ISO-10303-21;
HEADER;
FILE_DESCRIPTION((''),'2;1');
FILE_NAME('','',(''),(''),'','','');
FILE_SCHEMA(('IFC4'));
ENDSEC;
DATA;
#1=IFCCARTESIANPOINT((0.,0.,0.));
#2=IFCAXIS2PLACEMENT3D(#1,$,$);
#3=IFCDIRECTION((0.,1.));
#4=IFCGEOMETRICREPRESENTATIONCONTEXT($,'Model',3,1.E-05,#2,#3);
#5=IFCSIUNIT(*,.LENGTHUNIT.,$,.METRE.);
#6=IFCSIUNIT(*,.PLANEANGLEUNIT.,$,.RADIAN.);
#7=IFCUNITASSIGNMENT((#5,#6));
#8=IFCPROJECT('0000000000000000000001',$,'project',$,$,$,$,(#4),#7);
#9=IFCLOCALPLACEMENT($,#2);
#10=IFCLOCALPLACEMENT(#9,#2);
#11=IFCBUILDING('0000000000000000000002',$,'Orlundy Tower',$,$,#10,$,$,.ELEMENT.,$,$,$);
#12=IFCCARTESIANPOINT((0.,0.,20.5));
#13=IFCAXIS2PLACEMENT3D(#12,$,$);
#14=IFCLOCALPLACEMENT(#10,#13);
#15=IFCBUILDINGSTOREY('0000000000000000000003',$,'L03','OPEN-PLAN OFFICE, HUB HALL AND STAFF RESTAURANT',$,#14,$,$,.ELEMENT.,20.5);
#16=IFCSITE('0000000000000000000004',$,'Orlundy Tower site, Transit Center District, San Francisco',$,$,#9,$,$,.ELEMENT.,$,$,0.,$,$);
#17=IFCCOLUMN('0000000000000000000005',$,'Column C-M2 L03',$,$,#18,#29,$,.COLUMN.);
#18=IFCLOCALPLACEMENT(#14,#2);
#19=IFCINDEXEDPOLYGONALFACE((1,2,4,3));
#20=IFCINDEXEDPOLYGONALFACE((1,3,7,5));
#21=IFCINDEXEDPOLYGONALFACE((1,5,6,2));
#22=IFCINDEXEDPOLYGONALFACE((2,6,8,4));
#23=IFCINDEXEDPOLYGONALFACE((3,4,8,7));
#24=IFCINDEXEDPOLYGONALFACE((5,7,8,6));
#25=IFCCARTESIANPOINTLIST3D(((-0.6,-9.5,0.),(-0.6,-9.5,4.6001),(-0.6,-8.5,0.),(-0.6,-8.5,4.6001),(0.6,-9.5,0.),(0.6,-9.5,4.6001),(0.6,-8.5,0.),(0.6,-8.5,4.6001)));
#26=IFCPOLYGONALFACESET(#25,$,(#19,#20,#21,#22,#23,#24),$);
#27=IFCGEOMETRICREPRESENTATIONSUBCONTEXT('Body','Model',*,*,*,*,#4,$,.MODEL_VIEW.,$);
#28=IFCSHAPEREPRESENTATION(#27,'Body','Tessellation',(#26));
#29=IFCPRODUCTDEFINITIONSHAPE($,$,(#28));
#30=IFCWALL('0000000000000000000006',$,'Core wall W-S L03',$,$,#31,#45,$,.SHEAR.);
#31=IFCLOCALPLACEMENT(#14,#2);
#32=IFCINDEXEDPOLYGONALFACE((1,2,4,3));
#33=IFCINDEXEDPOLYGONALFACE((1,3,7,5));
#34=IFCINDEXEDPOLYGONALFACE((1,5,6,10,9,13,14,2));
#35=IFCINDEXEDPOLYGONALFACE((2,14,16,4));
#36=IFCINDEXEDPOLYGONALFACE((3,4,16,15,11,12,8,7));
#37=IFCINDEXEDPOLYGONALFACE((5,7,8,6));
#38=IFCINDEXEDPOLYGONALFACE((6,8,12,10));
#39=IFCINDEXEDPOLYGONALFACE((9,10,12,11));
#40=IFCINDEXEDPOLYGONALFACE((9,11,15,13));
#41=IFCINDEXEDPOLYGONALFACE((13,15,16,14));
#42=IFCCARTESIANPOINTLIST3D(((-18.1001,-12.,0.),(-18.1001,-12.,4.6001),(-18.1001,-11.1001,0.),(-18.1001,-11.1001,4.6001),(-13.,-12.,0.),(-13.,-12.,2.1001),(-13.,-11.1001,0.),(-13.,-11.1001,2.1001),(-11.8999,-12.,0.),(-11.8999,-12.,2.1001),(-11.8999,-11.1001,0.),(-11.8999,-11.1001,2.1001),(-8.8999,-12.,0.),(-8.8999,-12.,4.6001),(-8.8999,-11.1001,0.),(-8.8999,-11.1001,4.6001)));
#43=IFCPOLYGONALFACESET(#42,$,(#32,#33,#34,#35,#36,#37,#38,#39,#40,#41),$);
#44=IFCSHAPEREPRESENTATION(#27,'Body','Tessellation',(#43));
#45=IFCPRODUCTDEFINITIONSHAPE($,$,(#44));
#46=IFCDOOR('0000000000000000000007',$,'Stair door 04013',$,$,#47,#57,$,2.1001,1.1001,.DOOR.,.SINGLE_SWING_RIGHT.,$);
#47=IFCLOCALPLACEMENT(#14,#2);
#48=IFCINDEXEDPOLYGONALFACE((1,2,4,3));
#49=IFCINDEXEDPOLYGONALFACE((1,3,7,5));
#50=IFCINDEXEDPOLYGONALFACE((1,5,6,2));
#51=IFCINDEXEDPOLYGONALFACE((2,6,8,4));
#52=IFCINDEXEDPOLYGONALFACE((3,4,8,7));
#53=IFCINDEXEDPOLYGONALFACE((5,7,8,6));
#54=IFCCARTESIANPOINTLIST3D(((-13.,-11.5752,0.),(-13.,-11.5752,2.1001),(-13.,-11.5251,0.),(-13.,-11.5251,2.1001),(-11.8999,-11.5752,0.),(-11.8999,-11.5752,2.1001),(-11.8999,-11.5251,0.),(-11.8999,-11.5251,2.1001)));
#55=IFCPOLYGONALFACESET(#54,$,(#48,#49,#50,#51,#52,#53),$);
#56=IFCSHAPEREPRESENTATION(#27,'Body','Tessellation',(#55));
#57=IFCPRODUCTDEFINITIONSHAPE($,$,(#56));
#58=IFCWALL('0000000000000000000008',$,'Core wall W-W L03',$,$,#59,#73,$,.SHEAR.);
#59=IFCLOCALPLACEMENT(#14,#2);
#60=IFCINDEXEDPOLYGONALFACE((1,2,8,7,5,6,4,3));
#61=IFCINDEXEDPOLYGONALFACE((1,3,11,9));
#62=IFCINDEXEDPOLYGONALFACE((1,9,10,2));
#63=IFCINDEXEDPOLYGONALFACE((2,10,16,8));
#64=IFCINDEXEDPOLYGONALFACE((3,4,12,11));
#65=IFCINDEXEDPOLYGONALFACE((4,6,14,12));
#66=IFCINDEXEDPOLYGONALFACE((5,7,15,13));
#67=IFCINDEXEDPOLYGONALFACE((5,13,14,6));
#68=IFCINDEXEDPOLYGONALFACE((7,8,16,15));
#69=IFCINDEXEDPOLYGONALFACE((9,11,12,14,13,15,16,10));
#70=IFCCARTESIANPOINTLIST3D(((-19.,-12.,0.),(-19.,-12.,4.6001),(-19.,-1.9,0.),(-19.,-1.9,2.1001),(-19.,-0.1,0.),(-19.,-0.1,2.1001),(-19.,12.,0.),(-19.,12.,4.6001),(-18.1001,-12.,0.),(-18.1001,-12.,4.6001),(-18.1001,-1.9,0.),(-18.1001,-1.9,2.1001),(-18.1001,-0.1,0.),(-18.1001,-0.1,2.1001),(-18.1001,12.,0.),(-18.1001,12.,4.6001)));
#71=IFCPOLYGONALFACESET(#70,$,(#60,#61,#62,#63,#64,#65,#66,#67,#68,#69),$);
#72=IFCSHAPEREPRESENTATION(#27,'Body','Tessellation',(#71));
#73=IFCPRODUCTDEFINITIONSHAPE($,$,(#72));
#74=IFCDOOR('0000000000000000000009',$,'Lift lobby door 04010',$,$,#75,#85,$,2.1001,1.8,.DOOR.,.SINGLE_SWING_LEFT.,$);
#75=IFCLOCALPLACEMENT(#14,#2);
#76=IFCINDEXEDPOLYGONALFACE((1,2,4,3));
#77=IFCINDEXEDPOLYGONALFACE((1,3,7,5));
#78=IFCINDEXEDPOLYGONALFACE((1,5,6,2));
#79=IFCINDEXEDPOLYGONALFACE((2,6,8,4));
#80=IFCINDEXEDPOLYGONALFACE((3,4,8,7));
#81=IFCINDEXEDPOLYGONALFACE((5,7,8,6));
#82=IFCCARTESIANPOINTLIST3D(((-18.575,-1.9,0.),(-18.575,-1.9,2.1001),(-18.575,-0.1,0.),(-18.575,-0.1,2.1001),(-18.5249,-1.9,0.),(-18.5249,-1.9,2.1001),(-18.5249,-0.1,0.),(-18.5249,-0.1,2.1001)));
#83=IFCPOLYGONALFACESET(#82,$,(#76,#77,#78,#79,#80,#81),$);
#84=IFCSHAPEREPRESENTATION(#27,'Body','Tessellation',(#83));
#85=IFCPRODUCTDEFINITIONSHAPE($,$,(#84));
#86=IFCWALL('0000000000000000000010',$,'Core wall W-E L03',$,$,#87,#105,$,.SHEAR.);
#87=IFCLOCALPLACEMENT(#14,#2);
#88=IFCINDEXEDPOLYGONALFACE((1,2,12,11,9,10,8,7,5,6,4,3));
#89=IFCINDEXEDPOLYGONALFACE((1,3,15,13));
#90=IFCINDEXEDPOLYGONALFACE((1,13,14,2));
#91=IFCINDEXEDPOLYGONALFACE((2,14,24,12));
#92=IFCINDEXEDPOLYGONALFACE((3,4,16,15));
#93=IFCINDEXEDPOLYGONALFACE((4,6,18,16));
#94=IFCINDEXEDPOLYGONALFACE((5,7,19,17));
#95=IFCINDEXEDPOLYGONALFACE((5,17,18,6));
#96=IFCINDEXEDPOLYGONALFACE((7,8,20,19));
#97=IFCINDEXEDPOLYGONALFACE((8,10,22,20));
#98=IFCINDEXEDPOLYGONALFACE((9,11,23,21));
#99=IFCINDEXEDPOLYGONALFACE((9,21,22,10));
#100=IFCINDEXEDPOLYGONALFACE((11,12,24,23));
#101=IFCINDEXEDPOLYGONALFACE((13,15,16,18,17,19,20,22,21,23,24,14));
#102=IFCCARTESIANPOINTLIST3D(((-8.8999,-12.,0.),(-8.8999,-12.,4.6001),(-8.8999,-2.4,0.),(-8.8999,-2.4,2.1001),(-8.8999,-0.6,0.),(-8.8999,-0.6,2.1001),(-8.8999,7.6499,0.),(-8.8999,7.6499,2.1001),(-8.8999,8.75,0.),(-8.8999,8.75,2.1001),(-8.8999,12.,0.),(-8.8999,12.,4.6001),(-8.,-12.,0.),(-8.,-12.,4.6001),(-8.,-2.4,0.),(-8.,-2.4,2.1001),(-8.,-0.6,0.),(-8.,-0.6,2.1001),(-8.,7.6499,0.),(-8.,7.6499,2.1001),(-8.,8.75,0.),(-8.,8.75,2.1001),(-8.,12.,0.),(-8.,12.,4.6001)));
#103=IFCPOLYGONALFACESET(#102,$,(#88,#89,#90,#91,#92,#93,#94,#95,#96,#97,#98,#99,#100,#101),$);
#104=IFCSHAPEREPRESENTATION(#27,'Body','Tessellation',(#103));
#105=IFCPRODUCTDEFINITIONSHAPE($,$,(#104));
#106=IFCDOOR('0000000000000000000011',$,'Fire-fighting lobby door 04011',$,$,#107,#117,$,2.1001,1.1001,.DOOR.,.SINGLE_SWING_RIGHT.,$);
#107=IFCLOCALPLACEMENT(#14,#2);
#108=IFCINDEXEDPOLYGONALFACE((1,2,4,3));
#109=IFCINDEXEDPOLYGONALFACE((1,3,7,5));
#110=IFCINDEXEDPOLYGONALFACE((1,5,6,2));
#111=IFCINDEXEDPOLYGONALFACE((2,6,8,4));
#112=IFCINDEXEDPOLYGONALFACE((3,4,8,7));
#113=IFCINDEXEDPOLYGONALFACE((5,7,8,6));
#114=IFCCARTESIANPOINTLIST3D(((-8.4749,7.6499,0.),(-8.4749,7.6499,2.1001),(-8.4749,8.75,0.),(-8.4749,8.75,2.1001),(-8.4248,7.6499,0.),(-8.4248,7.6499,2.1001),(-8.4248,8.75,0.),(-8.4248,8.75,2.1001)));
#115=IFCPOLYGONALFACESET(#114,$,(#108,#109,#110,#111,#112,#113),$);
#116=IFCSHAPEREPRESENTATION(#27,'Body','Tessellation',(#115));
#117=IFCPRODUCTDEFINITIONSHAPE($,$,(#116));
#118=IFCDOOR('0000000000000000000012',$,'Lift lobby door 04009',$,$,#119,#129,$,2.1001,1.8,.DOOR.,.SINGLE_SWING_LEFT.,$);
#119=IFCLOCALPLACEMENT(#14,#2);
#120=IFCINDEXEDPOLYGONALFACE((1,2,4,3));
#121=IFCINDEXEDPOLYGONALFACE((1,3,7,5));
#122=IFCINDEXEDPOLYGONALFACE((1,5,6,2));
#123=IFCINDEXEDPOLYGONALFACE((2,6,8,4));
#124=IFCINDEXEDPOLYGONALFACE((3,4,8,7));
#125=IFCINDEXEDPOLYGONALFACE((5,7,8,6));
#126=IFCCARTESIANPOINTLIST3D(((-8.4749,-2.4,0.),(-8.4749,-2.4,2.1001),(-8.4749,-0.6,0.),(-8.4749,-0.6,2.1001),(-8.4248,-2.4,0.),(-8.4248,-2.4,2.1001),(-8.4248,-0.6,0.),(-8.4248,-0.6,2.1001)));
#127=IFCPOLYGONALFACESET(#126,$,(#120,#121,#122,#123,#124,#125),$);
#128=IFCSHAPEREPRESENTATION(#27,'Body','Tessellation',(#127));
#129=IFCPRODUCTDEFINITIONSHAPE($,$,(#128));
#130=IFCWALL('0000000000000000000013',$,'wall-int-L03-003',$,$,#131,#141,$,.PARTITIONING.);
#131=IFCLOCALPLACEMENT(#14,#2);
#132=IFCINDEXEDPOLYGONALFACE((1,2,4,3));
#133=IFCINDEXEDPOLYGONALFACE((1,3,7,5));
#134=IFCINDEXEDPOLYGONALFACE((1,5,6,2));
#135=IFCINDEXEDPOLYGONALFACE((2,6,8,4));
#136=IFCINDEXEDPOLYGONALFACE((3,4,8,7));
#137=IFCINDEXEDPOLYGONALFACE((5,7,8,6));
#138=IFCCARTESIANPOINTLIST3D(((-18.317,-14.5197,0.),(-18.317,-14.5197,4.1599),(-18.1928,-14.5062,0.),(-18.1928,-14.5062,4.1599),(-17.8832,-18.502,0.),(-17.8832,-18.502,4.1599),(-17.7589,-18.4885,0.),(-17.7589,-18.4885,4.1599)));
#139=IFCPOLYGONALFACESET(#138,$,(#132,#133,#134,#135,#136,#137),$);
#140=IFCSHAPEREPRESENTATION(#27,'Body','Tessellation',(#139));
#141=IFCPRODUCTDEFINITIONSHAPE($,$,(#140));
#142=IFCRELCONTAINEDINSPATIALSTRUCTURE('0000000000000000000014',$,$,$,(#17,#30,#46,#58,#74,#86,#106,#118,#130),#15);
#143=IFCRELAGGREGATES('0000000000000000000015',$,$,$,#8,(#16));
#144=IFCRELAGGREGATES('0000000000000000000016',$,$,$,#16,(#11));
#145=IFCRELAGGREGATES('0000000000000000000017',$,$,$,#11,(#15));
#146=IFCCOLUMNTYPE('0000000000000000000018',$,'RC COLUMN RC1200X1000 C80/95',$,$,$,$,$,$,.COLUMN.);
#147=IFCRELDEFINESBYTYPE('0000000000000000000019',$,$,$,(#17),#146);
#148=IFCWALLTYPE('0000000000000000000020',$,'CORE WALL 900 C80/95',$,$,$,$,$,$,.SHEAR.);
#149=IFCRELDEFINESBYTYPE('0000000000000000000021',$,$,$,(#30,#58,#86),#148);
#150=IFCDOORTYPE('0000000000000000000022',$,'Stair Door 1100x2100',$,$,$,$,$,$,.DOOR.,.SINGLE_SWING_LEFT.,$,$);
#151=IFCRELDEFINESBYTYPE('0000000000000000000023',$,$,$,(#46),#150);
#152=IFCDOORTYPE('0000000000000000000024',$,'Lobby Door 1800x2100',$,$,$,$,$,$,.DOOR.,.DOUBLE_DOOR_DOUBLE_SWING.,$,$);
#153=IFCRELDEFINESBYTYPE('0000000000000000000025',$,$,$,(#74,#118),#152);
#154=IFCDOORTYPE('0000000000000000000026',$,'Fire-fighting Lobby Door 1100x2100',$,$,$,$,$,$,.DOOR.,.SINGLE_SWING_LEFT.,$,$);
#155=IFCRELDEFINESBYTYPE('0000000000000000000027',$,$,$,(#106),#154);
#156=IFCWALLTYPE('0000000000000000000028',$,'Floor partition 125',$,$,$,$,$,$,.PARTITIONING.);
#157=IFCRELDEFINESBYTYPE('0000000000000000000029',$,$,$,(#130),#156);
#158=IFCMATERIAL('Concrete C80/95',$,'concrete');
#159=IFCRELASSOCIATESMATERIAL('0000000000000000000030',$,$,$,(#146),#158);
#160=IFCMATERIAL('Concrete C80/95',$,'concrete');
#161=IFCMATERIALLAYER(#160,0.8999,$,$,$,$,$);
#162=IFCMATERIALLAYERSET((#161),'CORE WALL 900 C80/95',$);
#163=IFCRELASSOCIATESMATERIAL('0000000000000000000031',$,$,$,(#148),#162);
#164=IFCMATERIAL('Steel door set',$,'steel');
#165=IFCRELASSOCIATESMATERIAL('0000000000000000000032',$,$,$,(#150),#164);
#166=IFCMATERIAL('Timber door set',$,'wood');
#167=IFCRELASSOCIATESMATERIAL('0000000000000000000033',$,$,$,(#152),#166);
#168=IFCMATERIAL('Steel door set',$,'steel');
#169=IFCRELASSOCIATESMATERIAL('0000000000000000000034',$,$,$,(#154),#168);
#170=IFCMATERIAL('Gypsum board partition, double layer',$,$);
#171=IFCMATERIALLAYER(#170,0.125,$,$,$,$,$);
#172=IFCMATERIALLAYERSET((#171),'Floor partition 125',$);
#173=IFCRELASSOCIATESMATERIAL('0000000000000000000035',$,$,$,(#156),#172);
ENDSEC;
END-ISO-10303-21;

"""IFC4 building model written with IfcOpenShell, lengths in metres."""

from ifc_helpers import new_model, si_unit, direction, frame, frame_2d, origin, origin_2d, place, context, subcontext, project, spatial, rectangle, extrude, material, layer, layer_set, material_profile, profile_set, type_object, element, fill, save


model = new_model("IFC4")

# Units and contexts
model_context = context("Model", 3, precision=1e-05, world=origin(), true_north=direction((0.0, 1.0)))
body_context = subcontext(model_context, "Body", "Model", "MODEL_VIEW")
ifc_project = project(units=[si_unit("LENGTHUNIT", "METRE"), si_unit("PLANEANGLEUNIT", "RADIAN")], contexts=[model_context])

# Site, building, storey
site_placement = place(None, origin())
site = spatial("IfcSite", under=ifc_project, at=site_placement, Name="Orlundy Tower site, Transit Center District, San Francisco", CompositionType="ELEMENT", RefElevation=0.0)
building_placement = place(site_placement, origin())
building = spatial("IfcBuilding", under=site, at=building_placement, Name="Orlundy Tower", CompositionType="ELEMENT")
storey_placement = place(building_placement, frame((0.0, 0.0, 20.5)))
storey = spatial("IfcBuildingStorey", under=building, at=storey_placement, Name="L03", Description="OPEN-PLAN OFFICE, HUB HALL AND STAFF RESTAURANT", CompositionType="ELEMENT", Elevation=20.5)

# Column
ifc_material_1 = material(Name="Concrete C80/95", Category="concrete")
ifc_material_profile = material_profile(ifc_material_1, rectangle(XDim=1.2, YDim=1.0, at=origin_2d()), Name="RC1200X1000")
ifc_profile_set = profile_set([ifc_material_profile], Name="Concrete C80/95")
column_type = type_object("IfcColumnType", Name="RC COLUMN RC1200X1000 C80/95", PredefinedType="COLUMN", material=ifc_profile_set)
column_placement = place(storey_placement, frame((0.0, -9.0, 0.0), z_axis=(0.0, 0.0, 1.0), x_axis=(1.0, 0.0, 0.0)))
element("IfcColumn", 1, at=column_placement, inside=storey, type_object=column_type, Name="Column C-M2 L03", PredefinedType="COLUMN", context=body_context, shape_type="SweptSolid", body=[
    extrude(rectangle(XDim=1.2, YDim=1.0, at=origin_2d()), origin(), (0.0, 0.0, 1.0), 4.6001),
])

# Walls, openings, doors
ifc_material_2 = material(Name="Concrete C80/95", Category="concrete")
ifc_layer_1 = layer(ifc_material_2, 0.8999)
ifc_layer_set_1 = layer_set([ifc_layer_1], Name="CORE WALL 900 C80/95")
wall_type_1 = type_object("IfcWallType", Name="CORE WALL 900 C80/95", PredefinedType="SHEAR", material=ifc_layer_set_1)
wall_1_placement = place(storey_placement, frame((-18.1001, -11.55, 0.0), z_axis=(0.0, 0.0, 1.0), x_axis=(1.0, 0.0, 0.0)))
wall_1 = element("IfcWall", 2, at=wall_1_placement, inside=storey, type_object=wall_type_1, Name="Core wall W-S L03", PredefinedType="SHEAR", context=body_context, shape_type="SweptSolid", body=[
    extrude(rectangle(XDim=9.2002, YDim=0.8999, at=frame_2d((4.6001, 0.0))), origin(), (0.0, 0.0, 1.0), 4.6001),
])
opening_1_placement = place(wall_1_placement, frame((5.1001, 0.0, 0.0)))
opening_1 = element("IfcOpeningElement", 3, at=opening_1_placement, cuts=wall_1, PredefinedType="OPENING", context=body_context, shape_type="SweptSolid", body=[
    extrude(rectangle(XDim=1.1001, YDim=2.1001, at=frame_2d((0.55, 1.05))), frame((0.0, 0.46, 0.0), z_axis=(0.0, -1.0, 0.0), x_axis=(1.0, 0.0, 0.0)), (0.0, 0.0, 1.0), 0.9199),
])
ifc_material_3 = material(Name="Steel door set", Category="steel")
door_type_1 = type_object("IfcDoorType", Name="Stair Door 1100x2100", OperationType="SINGLE_SWING_LEFT", PredefinedType="DOOR", material=ifc_material_3)
door_1_placement = place(opening_1_placement, origin())
door_1 = element("IfcDoor", 4, at=door_1_placement, inside=storey, type_object=door_type_1, Name="Stair door 04013", OperationType="SINGLE_SWING_RIGHT", OverallHeight=2.1001, OverallWidth=1.1001, PredefinedType="DOOR", context=body_context, shape_type="SweptSolid", body=[
    extrude(rectangle(XDim=1.1001, YDim=2.1001, at=frame_2d((0.55, 1.05))), frame((0.0, 0.0249, 0.0), z_axis=(0.0, -1.0, 0.0), x_axis=(1.0, 0.0, 0.0)), (0.0, 0.0, 1.0), 0.05),
])
fill(opening_1, door_1)
wall_2_placement = place(storey_placement, frame((-18.55, -12.0, 0.0), z_axis=(0.0, 0.0, 1.0), x_axis=(0.0, 1.0, 0.0)))
wall_2 = element("IfcWall", 5, at=wall_2_placement, inside=storey, type_object=wall_type_1, Name="Core wall W-W L03", PredefinedType="SHEAR", context=body_context, shape_type="SweptSolid", body=[
    extrude(rectangle(XDim=24.0, YDim=0.8999, at=frame_2d((12.0, 0.0))), origin(), (0.0, 0.0, 1.0), 4.6001),
])
opening_2_placement = place(wall_2_placement, frame((10.1001, 0.0, 0.0)))
opening_2 = element("IfcOpeningElement", 6, at=opening_2_placement, cuts=wall_2, PredefinedType="OPENING", context=body_context, shape_type="SweptSolid", body=[
    extrude(rectangle(XDim=1.8, YDim=2.1001, at=frame_2d((0.8999, 1.05))), frame((0.0, 0.46, 0.0), z_axis=(0.0, -1.0, 0.0), x_axis=(1.0, 0.0, 0.0)), (0.0, 0.0, 1.0), 0.9199),
])
ifc_material_4 = material(Name="Timber door set", Category="wood")
door_type_2 = type_object("IfcDoorType", Name="Lobby Door 1800x2100", OperationType="DOUBLE_DOOR_DOUBLE_SWING", PredefinedType="DOOR", material=ifc_material_4)
door_2_placement = place(opening_2_placement, origin())
door_2 = element("IfcDoor", 7, at=door_2_placement, inside=storey, type_object=door_type_2, Name="Lift lobby door 04010", OperationType="SINGLE_SWING_LEFT", OverallHeight=2.1001, OverallWidth=1.8, PredefinedType="DOOR", context=body_context, shape_type="SweptSolid", body=[
    extrude(rectangle(XDim=1.8, YDim=2.1001, at=frame_2d((0.8999, 1.05))), frame((0.0, 0.0249, 0.0), z_axis=(0.0, -1.0, 0.0), x_axis=(1.0, 0.0, 0.0)), (0.0, 0.0, 1.0), 0.05),
])
fill(opening_2, door_2)

# Wall, openings, doors
wall_3_placement = place(storey_placement, frame((-8.45, -12.0, 0.0), z_axis=(0.0, 0.0, 1.0), x_axis=(0.0, 1.0, 0.0)))
wall_3 = element("IfcWall", 8, at=wall_3_placement, inside=storey, type_object=wall_type_1, Name="Core wall W-E L03", PredefinedType="SHEAR", context=body_context, shape_type="SweptSolid", body=[
    extrude(rectangle(XDim=24.0, YDim=0.8999, at=frame_2d((12.0, 0.0))), origin(), (0.0, 0.0, 1.0), 4.6001),
])
opening_3_placement = place(wall_3_placement, frame((9.6001, 0.0, 0.0)))
opening_3 = element("IfcOpeningElement", 9, at=opening_3_placement, cuts=wall_3, PredefinedType="OPENING", context=body_context, shape_type="SweptSolid", body=[
    extrude(rectangle(XDim=1.8, YDim=2.1001, at=frame_2d((0.8999, 1.05))), frame((0.0, 0.46, 0.0), z_axis=(0.0, -1.0, 0.0), x_axis=(1.0, 0.0, 0.0)), (0.0, 0.0, 1.0), 0.9199),
])
opening_4_placement = place(wall_3_placement, frame((19.6499, 0.0, 0.0)))
opening_4 = element("IfcOpeningElement", 10, at=opening_4_placement, cuts=wall_3, PredefinedType="OPENING", context=body_context, shape_type="SweptSolid", body=[
    extrude(rectangle(XDim=1.1001, YDim=2.1001, at=frame_2d((0.55, 1.05))), frame((0.0, 0.46, 0.0), z_axis=(0.0, -1.0, 0.0), x_axis=(1.0, 0.0, 0.0)), (0.0, 0.0, 1.0), 0.9199),
])
ifc_material_5 = material(Name="Steel door set", Category="steel")
door_type_3 = type_object("IfcDoorType", Name="Fire-fighting Lobby Door 1100x2100", OperationType="SINGLE_SWING_LEFT", PredefinedType="DOOR", material=ifc_material_5)
door_3_placement = place(opening_4_placement, origin())
door_3 = element("IfcDoor", 11, at=door_3_placement, inside=storey, type_object=door_type_3, Name="Fire-fighting lobby door 04011", OperationType="SINGLE_SWING_RIGHT", OverallHeight=2.1001, OverallWidth=1.1001, PredefinedType="DOOR", context=body_context, shape_type="SweptSolid", body=[
    extrude(rectangle(XDim=1.1001, YDim=2.1001, at=frame_2d((0.55, 1.05))), frame((0.0, 0.0249, 0.0), z_axis=(0.0, -1.0, 0.0), x_axis=(1.0, 0.0, 0.0)), (0.0, 0.0, 1.0), 0.05),
])
fill(opening_4, door_3)
door_4_placement = place(opening_3_placement, origin())
door_4 = element("IfcDoor", 12, at=door_4_placement, inside=storey, type_object=door_type_2, Name="Lift lobby door 04009", OperationType="SINGLE_SWING_LEFT", OverallHeight=2.1001, OverallWidth=1.8, PredefinedType="DOOR", context=body_context, shape_type="SweptSolid", body=[
    extrude(rectangle(XDim=1.8, YDim=2.1001, at=frame_2d((0.8999, 1.05))), frame((0.0, 0.0249, 0.0), z_axis=(0.0, -1.0, 0.0), x_axis=(1.0, 0.0, 0.0)), (0.0, 0.0, 1.0), 0.05),
])
fill(opening_3, door_4)

# Wall
ifc_material_6 = material(Name="Gypsum board partition, double layer")
ifc_layer_2 = layer(ifc_material_6, 0.125)
ifc_layer_set_2 = layer_set([ifc_layer_2], Name="Floor partition 125")
wall_type_2 = type_object("IfcWallType", Name="Floor partition 125", PredefinedType="PARTITIONING", material=ifc_layer_set_2)
wall_4_placement = place(storey_placement, frame((-18.2549, -14.5129, 0.0), z_axis=(0.0, 0.0, 1.0), x_axis=(0.108304, -0.994118, 0.0)))
element("IfcWall", 13, at=wall_4_placement, inside=storey, type_object=wall_type_2, Name="wall-int-L03-003", PredefinedType="PARTITIONING", context=body_context, shape_type="SweptSolid", body=[
    extrude(rectangle(XDim=4.0059, YDim=0.125, at=frame_2d((2.0029, 0.0))), origin(), (0.0, 0.0, 1.0), 4.1599),
])

save(model, "model.ifc")
